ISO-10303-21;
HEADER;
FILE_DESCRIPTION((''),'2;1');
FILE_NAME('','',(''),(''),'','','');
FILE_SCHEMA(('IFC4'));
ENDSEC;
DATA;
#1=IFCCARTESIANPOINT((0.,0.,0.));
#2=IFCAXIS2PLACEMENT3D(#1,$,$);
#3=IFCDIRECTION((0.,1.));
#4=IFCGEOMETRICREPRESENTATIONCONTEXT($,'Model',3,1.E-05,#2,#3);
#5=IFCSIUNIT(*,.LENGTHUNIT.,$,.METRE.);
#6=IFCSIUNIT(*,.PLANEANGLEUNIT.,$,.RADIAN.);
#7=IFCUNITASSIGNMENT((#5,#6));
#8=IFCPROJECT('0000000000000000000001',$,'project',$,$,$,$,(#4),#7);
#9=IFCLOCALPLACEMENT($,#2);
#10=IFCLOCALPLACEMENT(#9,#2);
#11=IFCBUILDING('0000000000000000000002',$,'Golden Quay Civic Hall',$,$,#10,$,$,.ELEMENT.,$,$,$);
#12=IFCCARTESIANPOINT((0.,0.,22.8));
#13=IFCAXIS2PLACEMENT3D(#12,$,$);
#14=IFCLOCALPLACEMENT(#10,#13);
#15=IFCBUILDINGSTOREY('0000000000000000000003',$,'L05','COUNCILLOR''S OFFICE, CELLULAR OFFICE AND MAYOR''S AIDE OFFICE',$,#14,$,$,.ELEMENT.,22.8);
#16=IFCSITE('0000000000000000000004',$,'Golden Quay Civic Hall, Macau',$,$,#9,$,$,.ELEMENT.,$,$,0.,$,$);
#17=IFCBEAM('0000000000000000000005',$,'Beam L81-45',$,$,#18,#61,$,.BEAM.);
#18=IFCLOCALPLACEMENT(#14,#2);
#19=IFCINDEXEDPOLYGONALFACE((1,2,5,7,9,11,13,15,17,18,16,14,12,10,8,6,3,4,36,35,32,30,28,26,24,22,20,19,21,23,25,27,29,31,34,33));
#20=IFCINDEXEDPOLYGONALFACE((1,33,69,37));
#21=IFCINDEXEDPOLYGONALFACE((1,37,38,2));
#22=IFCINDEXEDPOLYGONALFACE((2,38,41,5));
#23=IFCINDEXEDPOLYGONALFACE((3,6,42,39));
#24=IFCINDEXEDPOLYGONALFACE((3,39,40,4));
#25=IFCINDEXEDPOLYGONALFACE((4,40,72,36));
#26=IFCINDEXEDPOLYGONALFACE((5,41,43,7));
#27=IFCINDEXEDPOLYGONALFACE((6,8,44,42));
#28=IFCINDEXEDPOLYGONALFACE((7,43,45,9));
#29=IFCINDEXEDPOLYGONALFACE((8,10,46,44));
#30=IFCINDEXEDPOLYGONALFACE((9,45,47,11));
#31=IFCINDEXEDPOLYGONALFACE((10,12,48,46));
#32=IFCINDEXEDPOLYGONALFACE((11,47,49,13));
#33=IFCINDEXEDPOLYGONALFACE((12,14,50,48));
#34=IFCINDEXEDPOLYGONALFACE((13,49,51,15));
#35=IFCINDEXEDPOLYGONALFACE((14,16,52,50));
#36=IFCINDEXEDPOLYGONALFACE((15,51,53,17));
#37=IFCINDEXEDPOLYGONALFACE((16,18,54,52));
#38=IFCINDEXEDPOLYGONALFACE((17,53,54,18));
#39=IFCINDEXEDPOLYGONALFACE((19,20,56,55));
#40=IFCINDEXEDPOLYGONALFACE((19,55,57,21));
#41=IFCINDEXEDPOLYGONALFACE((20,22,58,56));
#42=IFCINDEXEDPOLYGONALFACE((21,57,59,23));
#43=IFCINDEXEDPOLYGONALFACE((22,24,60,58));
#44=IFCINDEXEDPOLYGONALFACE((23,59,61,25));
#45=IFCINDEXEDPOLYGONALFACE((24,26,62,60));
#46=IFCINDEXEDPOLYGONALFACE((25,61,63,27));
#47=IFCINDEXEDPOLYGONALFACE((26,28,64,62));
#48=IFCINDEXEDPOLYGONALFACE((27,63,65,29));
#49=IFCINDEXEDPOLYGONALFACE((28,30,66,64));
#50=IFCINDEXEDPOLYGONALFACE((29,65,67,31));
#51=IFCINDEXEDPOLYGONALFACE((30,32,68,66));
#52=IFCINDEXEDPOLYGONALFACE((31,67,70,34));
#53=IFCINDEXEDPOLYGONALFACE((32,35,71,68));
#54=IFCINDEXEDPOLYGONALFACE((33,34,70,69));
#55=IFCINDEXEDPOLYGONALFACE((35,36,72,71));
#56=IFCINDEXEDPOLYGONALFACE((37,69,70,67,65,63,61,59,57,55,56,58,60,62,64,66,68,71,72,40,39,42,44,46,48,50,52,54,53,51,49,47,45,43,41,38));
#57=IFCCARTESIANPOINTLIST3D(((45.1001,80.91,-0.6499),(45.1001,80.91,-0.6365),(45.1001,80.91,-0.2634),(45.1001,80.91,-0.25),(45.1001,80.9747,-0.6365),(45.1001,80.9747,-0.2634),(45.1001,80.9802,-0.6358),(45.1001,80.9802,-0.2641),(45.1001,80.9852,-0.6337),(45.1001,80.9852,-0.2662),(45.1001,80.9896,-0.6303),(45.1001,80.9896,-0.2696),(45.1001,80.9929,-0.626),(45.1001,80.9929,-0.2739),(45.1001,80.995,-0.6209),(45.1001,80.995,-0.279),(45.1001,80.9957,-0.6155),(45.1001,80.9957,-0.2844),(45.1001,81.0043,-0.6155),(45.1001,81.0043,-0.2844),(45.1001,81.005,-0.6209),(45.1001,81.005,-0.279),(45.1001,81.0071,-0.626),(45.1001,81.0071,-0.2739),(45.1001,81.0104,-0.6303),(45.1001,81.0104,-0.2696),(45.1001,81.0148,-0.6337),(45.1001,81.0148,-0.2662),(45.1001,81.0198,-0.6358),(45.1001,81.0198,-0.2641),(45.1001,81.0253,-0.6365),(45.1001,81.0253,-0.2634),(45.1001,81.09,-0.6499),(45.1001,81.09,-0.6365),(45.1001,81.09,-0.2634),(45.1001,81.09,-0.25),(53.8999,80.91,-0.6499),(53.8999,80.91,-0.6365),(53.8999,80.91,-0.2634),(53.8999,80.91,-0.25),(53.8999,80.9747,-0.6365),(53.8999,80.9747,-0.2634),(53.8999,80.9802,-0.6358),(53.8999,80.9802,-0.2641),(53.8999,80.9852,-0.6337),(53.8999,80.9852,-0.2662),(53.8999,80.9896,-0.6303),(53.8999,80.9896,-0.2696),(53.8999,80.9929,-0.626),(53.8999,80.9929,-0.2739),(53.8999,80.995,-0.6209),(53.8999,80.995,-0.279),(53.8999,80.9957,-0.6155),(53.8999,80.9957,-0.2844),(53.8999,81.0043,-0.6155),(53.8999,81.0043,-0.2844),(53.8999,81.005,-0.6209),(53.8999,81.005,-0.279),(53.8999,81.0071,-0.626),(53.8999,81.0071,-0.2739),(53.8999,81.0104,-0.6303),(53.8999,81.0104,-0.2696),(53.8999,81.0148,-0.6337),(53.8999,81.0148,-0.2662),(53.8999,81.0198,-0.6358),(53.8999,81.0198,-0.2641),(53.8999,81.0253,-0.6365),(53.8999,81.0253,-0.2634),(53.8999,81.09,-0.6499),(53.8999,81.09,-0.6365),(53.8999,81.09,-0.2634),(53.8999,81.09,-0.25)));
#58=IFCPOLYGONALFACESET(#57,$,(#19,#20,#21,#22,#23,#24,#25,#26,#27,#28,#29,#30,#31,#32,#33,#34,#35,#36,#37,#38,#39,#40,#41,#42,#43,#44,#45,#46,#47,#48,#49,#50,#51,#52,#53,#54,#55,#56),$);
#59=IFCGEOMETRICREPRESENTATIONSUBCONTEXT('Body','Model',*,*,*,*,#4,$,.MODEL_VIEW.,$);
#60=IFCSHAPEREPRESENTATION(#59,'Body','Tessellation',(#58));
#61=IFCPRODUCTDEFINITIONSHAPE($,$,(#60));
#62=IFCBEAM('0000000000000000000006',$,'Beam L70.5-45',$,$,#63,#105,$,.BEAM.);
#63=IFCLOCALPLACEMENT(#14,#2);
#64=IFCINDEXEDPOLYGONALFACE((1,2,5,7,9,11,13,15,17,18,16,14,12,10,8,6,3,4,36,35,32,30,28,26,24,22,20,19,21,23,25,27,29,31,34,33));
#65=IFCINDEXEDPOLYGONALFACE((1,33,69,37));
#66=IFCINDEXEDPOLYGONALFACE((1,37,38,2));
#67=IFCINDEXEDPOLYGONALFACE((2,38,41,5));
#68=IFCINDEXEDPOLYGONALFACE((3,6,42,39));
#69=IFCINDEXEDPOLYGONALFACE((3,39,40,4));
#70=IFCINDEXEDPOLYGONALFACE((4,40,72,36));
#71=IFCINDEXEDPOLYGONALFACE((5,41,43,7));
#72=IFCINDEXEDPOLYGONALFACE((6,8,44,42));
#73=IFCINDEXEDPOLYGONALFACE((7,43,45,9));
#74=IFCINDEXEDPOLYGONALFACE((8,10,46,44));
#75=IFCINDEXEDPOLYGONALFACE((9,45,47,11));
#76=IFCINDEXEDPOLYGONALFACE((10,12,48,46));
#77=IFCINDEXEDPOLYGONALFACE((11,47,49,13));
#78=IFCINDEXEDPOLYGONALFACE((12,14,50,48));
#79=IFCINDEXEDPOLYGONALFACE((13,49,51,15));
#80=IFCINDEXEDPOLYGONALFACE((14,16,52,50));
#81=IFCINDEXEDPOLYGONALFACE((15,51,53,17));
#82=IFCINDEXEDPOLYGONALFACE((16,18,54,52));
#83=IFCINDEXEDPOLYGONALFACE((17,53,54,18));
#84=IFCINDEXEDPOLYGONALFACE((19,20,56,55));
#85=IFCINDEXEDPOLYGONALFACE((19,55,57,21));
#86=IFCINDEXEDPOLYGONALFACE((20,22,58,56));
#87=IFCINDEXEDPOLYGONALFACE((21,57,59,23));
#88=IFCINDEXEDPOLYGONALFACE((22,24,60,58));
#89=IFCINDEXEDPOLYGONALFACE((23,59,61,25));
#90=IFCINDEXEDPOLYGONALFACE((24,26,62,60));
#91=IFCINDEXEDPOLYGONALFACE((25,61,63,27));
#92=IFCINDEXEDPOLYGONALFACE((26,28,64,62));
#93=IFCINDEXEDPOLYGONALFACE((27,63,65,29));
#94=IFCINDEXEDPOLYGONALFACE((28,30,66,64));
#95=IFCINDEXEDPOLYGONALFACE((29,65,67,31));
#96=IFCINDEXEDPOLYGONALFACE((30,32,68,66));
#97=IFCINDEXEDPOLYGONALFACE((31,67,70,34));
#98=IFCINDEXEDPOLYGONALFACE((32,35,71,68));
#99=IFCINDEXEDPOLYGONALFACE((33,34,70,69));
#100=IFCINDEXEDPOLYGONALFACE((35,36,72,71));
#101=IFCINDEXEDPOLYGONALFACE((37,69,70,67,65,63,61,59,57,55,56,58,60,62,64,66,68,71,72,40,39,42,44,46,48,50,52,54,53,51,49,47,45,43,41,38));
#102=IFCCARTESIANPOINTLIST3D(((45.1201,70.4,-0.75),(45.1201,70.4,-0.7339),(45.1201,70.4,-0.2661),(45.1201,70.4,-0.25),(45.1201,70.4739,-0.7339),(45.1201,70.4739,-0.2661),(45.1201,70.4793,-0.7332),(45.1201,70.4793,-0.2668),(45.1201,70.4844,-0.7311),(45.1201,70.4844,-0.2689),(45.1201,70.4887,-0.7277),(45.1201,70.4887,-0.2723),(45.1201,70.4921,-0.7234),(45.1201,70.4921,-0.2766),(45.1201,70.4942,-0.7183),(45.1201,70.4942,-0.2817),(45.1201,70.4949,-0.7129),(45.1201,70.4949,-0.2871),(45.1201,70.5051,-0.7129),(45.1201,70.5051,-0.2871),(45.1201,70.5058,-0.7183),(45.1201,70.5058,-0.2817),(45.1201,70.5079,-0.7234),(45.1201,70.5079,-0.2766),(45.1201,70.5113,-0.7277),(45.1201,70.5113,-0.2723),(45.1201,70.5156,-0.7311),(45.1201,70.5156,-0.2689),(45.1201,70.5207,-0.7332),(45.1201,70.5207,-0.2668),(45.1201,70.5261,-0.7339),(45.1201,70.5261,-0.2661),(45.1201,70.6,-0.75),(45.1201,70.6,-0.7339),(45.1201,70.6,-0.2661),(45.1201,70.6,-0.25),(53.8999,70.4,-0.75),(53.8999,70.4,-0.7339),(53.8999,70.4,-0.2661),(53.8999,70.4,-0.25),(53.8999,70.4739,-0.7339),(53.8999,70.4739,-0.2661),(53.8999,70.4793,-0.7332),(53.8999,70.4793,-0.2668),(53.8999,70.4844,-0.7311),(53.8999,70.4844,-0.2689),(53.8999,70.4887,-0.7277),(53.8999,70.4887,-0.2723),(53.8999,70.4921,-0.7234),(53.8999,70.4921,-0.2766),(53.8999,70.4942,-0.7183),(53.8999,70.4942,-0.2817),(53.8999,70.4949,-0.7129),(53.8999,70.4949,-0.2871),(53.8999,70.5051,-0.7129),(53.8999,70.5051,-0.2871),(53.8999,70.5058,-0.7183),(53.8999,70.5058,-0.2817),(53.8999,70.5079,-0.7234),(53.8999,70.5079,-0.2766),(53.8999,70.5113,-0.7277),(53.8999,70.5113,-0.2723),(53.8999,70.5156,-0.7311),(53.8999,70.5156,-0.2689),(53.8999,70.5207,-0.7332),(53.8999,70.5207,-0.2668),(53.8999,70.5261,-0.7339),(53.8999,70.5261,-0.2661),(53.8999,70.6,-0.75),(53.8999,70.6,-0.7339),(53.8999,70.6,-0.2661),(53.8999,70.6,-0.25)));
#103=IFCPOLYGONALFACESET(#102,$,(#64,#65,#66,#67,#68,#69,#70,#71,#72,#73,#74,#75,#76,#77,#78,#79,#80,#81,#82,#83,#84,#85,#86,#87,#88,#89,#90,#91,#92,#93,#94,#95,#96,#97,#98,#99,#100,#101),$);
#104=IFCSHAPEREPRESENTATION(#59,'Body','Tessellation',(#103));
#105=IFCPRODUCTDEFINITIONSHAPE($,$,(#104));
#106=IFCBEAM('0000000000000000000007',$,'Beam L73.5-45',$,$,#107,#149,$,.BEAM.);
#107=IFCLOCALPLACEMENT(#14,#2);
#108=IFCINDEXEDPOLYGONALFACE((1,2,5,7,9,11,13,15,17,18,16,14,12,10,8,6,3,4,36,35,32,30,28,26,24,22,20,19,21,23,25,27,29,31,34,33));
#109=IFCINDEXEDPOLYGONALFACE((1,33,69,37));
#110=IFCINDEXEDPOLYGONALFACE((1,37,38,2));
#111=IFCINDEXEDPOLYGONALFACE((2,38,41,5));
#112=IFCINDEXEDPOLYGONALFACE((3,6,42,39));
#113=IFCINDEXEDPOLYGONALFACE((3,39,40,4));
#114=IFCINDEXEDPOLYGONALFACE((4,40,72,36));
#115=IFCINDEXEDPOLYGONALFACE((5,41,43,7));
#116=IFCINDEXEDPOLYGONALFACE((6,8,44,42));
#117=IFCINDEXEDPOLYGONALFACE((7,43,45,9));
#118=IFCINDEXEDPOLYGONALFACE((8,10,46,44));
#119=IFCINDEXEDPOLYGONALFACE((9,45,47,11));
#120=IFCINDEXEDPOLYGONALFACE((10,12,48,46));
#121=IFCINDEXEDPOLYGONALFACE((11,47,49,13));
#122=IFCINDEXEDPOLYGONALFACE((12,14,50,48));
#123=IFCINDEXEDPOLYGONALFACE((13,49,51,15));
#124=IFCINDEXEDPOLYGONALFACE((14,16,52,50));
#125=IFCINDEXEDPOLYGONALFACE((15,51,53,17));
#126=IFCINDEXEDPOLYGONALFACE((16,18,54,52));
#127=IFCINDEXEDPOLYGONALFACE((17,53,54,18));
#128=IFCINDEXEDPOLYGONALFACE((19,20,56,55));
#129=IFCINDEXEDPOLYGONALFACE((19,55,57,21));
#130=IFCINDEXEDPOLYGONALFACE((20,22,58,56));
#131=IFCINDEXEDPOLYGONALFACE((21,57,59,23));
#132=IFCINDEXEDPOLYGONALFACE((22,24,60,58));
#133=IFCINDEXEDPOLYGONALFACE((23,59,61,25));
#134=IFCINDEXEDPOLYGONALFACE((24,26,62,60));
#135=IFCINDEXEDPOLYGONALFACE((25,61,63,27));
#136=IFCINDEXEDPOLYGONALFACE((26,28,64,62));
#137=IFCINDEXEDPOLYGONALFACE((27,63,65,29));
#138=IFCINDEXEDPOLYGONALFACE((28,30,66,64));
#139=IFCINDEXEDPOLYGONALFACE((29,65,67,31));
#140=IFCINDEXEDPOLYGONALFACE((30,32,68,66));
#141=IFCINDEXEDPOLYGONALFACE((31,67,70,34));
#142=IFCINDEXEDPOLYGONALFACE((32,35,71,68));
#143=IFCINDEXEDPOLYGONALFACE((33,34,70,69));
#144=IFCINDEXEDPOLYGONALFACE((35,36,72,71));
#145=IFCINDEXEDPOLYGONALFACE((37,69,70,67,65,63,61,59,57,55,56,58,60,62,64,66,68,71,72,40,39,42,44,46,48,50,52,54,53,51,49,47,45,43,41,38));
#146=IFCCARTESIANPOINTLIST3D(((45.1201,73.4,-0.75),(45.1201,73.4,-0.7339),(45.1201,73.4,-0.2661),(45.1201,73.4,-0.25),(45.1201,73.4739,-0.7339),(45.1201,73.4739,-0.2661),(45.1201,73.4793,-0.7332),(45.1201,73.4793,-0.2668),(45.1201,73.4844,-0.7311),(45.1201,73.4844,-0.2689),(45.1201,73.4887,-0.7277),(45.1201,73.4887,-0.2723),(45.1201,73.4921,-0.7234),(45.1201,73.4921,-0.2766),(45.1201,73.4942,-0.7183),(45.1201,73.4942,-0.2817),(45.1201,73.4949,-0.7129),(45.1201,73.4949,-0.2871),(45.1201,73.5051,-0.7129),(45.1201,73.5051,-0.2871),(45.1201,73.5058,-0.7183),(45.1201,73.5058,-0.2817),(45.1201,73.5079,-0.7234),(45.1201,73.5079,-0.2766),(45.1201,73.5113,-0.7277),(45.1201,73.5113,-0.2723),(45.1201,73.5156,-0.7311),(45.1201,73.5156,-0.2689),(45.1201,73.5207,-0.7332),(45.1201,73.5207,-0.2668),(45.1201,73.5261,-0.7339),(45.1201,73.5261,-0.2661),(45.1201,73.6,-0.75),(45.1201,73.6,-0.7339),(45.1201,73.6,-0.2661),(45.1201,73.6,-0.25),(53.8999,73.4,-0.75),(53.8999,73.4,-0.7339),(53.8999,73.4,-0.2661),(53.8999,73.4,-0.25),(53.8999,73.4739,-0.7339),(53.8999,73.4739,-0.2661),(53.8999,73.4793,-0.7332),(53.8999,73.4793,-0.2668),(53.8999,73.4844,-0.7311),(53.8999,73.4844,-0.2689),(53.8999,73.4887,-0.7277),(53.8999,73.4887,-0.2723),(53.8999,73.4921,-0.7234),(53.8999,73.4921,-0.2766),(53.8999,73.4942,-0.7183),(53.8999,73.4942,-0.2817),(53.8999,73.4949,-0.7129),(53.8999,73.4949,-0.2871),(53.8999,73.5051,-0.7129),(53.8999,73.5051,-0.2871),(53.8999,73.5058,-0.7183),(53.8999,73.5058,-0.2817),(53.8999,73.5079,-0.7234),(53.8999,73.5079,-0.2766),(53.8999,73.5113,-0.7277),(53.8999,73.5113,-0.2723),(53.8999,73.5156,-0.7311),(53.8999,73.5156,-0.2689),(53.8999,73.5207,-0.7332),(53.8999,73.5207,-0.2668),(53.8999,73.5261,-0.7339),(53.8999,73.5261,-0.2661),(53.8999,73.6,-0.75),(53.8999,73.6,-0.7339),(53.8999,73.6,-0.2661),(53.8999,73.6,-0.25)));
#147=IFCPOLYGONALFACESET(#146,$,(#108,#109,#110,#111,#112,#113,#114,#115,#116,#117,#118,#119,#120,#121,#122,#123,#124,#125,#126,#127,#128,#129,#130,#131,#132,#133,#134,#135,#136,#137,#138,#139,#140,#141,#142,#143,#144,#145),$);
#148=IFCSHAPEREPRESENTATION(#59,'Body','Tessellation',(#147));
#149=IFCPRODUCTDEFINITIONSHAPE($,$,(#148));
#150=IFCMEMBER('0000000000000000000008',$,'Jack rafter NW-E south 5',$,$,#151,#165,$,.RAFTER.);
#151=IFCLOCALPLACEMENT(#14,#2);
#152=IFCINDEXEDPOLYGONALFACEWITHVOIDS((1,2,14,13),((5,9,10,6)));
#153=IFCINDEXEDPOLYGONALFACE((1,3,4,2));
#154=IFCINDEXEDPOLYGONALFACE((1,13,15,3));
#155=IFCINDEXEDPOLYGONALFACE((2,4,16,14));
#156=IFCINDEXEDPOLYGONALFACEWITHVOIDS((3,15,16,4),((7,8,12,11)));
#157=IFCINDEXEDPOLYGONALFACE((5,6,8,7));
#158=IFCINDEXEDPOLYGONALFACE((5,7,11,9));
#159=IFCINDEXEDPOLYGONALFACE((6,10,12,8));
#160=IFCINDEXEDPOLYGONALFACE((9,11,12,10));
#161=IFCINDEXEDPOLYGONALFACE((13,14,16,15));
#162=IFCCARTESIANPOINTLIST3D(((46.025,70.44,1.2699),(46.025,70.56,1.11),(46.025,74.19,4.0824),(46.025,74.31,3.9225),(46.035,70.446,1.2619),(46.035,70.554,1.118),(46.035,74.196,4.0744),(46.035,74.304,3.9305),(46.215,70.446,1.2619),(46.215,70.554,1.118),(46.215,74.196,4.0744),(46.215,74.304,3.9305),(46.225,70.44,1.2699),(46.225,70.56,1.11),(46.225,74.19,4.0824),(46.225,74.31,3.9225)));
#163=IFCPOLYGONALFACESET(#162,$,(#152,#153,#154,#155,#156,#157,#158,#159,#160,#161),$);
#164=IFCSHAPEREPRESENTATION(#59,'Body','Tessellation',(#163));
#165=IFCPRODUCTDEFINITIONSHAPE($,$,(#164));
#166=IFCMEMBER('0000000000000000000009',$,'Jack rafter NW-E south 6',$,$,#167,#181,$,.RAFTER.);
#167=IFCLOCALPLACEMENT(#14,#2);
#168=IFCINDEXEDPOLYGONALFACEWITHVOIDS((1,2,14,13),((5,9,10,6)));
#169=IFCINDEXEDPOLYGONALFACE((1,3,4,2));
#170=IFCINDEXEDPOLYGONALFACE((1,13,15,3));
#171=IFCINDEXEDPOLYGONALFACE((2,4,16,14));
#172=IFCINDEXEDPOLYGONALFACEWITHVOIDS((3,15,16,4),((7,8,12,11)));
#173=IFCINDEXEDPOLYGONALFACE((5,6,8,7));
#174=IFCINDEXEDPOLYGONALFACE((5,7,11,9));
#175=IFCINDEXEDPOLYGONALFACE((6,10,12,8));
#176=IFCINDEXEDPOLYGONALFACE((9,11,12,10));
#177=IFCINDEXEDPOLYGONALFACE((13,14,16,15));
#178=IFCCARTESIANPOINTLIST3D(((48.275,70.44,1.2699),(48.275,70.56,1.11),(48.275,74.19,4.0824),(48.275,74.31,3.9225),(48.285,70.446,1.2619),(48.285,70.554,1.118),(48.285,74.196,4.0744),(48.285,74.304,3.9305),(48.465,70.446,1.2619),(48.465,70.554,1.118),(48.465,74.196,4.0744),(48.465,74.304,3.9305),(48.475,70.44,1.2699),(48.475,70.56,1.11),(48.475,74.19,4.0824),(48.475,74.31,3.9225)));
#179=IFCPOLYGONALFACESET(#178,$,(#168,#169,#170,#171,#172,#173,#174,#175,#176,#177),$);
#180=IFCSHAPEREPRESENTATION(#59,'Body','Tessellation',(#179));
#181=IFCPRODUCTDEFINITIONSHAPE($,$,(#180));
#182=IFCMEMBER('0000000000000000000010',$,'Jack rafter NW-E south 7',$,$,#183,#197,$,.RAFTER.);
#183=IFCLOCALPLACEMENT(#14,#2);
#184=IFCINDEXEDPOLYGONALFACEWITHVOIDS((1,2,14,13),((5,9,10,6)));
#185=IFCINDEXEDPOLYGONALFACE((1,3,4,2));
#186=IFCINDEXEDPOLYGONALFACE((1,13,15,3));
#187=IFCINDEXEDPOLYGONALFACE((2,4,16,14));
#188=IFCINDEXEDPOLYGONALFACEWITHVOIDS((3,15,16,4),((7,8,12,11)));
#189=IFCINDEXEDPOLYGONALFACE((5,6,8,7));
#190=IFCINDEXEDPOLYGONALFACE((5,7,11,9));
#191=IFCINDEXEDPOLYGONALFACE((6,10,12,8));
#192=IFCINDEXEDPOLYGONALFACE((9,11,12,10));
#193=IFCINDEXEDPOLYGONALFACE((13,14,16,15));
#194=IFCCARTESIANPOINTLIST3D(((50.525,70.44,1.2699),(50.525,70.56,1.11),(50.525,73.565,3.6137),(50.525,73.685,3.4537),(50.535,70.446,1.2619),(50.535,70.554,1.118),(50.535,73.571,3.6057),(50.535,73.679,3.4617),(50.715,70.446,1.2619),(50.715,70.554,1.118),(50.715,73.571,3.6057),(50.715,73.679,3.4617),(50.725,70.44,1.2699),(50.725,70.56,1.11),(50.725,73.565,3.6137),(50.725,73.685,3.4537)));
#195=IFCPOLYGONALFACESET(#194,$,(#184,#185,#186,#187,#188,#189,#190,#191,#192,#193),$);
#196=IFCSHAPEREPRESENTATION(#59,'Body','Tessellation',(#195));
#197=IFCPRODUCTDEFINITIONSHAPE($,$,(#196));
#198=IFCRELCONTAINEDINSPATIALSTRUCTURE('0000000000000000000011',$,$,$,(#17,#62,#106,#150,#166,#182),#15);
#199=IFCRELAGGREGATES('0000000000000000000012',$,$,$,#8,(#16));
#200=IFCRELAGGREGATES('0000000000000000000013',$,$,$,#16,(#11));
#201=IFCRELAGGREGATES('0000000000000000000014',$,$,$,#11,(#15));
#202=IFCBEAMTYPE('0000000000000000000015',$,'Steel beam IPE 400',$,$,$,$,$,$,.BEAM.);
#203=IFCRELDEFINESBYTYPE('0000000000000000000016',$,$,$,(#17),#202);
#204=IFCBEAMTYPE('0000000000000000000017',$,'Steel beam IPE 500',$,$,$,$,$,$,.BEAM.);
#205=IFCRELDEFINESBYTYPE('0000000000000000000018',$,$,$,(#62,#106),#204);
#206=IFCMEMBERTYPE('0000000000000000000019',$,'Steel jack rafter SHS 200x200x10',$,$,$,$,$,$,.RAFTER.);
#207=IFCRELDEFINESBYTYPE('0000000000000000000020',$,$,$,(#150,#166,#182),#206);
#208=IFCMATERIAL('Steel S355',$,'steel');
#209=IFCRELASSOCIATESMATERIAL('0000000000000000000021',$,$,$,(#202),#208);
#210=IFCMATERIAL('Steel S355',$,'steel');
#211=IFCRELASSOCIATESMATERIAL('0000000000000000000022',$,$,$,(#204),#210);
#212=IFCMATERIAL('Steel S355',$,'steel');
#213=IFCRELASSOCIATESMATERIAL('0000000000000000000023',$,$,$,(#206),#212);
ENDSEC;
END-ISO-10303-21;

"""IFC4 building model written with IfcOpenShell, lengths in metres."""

from ifc_helpers import new_model, si_unit, direction, frame, origin, origin_2d, place, context, subcontext, project, spatial, hollow_rectangle, i_section, extrude, material, material_profile, profile_set, type_object, element, save


model = new_model("IFC4")

# Units and contexts
model_context = context("Model", 3, precision=1e-05, world=origin(), true_north=direction((0.0, 1.0)))
body_context = subcontext(model_context, "Body", "Model", "MODEL_VIEW")
ifc_project = project(units=[si_unit("LENGTHUNIT", "METRE"), si_unit("PLANEANGLEUNIT", "RADIAN")], contexts=[model_context])

# Site, building, storey
site_placement = place(None, origin())
site = spatial("IfcSite", under=ifc_project, at=site_placement, Name="Golden Quay Civic Hall, Macau", CompositionType="ELEMENT", RefElevation=0.0)
building_placement = place(site_placement, origin())
building = spatial("IfcBuilding", under=site, at=building_placement, Name="Golden Quay Civic Hall", CompositionType="ELEMENT")
storey_placement = place(building_placement, frame((0.0, 0.0, 22.8)))
storey = spatial("IfcBuildingStorey", under=building, at=storey_placement, Name="L05", Description="COUNCILLOR'S OFFICE, CELLULAR OFFICE AND MAYOR'S AIDE OFFICE", CompositionType="ELEMENT", Elevation=22.8)

# Beams
ifc_material_1 = material(Name="Steel S355", Category="steel")
ifc_material_profile_1 = material_profile(ifc_material_1, i_section(OverallWidth=0.1799, OverallDepth=0.3999, WebThickness=0.0085, FlangeThickness=0.0134, FilletRadius=0.021, at=origin_2d()), Name="IPE 400")
ifc_profile_set_1 = profile_set([ifc_material_profile_1], Name="Steel S355")
beam_type_1 = type_object("IfcBeamType", Name="Steel beam IPE 400", PredefinedType="BEAM", material=ifc_profile_set_1)
for number, where, z_axis, x_axis, name in (
    (1, (45.1001, 81.0, -0.45), (1.0, 0.0, 0.0), (0.0, 1.0, 0.0), "Beam L81-45"),
):
    element("IfcBeam", number, at=place(storey_placement, frame(where, z_axis=z_axis, x_axis=x_axis)), inside=storey, type_object=beam_type_1, Name=name, PredefinedType="BEAM", context=body_context, shape_type="SweptSolid", body=[
        extrude(i_section(OverallWidth=0.1799, OverallDepth=0.3999, WebThickness=0.0085, FlangeThickness=0.0134, FilletRadius=0.021, at=origin_2d()), origin(), (0.0, 0.0, 1.0), 8.7998),
    ])
ifc_material_2 = material(Name="Steel S355", Category="steel")
ifc_material_profile_2 = material_profile(ifc_material_2, i_section(OverallWidth=0.2, OverallDepth=0.5, WebThickness=0.0103, FlangeThickness=0.0161, FilletRadius=0.021, at=origin_2d()), Name="IPE 500")
ifc_profile_set_2 = profile_set([ifc_material_profile_2], Name="Steel S355")
beam_type_2 = type_object("IfcBeamType", Name="Steel beam IPE 500", PredefinedType="BEAM", material=ifc_profile_set_2)
for number, where, z_axis, x_axis, name in (
    (2, (45.1201, 70.5, -0.5), (1.0, 0.0, 0.0), (0.0, 1.0, 0.0), "Beam L70.5-45"),
    (3, (45.1201, 73.5, -0.5), (1.0, 0.0, 0.0), (0.0, 1.0, 0.0), "Beam L73.5-45"),
):
    element("IfcBeam", number, at=place(storey_placement, frame(where, z_axis=z_axis, x_axis=x_axis)), inside=storey, type_object=beam_type_2, Name=name, PredefinedType="BEAM", context=body_context, shape_type="SweptSolid", body=[
        extrude(i_section(OverallWidth=0.2, OverallDepth=0.5, WebThickness=0.0103, FlangeThickness=0.0161, FilletRadius=0.021, at=origin_2d()), origin(), (0.0, 0.0, 1.0), 8.7798),
    ])

# Members
ifc_material_3 = material(Name="Steel S355", Category="steel")
ifc_material_profile_3 = material_profile(ifc_material_3, hollow_rectangle(XDim=0.2, YDim=0.2, WallThickness=0.01, at=origin_2d()), Name="SHS 200x200x10")
ifc_profile_set_3 = profile_set([ifc_material_profile_3], Name="Steel S355")
member_type_1 = type_object("IfcMemberType", Name="Steel jack rafter SHS 200x200x10", PredefinedType="RAFTER", material=ifc_profile_set_3)
for number, where, z_axis, x_axis, name in (
    (4, (46.125, 70.5, 1.1899), (0.0, 0.8, 0.6), (-1.0, 0.0, 0.0), "Jack rafter NW-E south 5"),
    (5, (48.375, 70.5, 1.1899), (0.0, 0.8, 0.6), (-1.0, 0.0, 0.0), "Jack rafter NW-E south 6"),
):
    element("IfcMember", number, at=place(storey_placement, frame(where, z_axis=z_axis, x_axis=x_axis)), inside=storey, type_object=member_type_1, Name=name, PredefinedType="RAFTER", context=body_context, shape_type="SweptSolid", body=[
        extrude(hollow_rectangle(XDim=0.2, YDim=0.2, WallThickness=0.01, at=origin_2d()), origin(), (0.0, 0.0, 1.0), 4.6875),
    ])
member_1_placement = place(storey_placement, frame((50.625, 70.5, 1.1899), z_axis=(0.0, 0.8, 0.6), x_axis=(-1.0, 0.0, 0.0)))
element("IfcMember", 6, at=member_1_placement, inside=storey, type_object=member_type_1, Name="Jack rafter NW-E south 7", PredefinedType="RAFTER", context=body_context, shape_type="SweptSolid", body=[
    extrude(hollow_rectangle(XDim=0.2, YDim=0.2, WallThickness=0.01, at=origin_2d()), origin(), (0.0, 0.0, 1.0), 3.9062),
])

save(model, "model.ifc")
